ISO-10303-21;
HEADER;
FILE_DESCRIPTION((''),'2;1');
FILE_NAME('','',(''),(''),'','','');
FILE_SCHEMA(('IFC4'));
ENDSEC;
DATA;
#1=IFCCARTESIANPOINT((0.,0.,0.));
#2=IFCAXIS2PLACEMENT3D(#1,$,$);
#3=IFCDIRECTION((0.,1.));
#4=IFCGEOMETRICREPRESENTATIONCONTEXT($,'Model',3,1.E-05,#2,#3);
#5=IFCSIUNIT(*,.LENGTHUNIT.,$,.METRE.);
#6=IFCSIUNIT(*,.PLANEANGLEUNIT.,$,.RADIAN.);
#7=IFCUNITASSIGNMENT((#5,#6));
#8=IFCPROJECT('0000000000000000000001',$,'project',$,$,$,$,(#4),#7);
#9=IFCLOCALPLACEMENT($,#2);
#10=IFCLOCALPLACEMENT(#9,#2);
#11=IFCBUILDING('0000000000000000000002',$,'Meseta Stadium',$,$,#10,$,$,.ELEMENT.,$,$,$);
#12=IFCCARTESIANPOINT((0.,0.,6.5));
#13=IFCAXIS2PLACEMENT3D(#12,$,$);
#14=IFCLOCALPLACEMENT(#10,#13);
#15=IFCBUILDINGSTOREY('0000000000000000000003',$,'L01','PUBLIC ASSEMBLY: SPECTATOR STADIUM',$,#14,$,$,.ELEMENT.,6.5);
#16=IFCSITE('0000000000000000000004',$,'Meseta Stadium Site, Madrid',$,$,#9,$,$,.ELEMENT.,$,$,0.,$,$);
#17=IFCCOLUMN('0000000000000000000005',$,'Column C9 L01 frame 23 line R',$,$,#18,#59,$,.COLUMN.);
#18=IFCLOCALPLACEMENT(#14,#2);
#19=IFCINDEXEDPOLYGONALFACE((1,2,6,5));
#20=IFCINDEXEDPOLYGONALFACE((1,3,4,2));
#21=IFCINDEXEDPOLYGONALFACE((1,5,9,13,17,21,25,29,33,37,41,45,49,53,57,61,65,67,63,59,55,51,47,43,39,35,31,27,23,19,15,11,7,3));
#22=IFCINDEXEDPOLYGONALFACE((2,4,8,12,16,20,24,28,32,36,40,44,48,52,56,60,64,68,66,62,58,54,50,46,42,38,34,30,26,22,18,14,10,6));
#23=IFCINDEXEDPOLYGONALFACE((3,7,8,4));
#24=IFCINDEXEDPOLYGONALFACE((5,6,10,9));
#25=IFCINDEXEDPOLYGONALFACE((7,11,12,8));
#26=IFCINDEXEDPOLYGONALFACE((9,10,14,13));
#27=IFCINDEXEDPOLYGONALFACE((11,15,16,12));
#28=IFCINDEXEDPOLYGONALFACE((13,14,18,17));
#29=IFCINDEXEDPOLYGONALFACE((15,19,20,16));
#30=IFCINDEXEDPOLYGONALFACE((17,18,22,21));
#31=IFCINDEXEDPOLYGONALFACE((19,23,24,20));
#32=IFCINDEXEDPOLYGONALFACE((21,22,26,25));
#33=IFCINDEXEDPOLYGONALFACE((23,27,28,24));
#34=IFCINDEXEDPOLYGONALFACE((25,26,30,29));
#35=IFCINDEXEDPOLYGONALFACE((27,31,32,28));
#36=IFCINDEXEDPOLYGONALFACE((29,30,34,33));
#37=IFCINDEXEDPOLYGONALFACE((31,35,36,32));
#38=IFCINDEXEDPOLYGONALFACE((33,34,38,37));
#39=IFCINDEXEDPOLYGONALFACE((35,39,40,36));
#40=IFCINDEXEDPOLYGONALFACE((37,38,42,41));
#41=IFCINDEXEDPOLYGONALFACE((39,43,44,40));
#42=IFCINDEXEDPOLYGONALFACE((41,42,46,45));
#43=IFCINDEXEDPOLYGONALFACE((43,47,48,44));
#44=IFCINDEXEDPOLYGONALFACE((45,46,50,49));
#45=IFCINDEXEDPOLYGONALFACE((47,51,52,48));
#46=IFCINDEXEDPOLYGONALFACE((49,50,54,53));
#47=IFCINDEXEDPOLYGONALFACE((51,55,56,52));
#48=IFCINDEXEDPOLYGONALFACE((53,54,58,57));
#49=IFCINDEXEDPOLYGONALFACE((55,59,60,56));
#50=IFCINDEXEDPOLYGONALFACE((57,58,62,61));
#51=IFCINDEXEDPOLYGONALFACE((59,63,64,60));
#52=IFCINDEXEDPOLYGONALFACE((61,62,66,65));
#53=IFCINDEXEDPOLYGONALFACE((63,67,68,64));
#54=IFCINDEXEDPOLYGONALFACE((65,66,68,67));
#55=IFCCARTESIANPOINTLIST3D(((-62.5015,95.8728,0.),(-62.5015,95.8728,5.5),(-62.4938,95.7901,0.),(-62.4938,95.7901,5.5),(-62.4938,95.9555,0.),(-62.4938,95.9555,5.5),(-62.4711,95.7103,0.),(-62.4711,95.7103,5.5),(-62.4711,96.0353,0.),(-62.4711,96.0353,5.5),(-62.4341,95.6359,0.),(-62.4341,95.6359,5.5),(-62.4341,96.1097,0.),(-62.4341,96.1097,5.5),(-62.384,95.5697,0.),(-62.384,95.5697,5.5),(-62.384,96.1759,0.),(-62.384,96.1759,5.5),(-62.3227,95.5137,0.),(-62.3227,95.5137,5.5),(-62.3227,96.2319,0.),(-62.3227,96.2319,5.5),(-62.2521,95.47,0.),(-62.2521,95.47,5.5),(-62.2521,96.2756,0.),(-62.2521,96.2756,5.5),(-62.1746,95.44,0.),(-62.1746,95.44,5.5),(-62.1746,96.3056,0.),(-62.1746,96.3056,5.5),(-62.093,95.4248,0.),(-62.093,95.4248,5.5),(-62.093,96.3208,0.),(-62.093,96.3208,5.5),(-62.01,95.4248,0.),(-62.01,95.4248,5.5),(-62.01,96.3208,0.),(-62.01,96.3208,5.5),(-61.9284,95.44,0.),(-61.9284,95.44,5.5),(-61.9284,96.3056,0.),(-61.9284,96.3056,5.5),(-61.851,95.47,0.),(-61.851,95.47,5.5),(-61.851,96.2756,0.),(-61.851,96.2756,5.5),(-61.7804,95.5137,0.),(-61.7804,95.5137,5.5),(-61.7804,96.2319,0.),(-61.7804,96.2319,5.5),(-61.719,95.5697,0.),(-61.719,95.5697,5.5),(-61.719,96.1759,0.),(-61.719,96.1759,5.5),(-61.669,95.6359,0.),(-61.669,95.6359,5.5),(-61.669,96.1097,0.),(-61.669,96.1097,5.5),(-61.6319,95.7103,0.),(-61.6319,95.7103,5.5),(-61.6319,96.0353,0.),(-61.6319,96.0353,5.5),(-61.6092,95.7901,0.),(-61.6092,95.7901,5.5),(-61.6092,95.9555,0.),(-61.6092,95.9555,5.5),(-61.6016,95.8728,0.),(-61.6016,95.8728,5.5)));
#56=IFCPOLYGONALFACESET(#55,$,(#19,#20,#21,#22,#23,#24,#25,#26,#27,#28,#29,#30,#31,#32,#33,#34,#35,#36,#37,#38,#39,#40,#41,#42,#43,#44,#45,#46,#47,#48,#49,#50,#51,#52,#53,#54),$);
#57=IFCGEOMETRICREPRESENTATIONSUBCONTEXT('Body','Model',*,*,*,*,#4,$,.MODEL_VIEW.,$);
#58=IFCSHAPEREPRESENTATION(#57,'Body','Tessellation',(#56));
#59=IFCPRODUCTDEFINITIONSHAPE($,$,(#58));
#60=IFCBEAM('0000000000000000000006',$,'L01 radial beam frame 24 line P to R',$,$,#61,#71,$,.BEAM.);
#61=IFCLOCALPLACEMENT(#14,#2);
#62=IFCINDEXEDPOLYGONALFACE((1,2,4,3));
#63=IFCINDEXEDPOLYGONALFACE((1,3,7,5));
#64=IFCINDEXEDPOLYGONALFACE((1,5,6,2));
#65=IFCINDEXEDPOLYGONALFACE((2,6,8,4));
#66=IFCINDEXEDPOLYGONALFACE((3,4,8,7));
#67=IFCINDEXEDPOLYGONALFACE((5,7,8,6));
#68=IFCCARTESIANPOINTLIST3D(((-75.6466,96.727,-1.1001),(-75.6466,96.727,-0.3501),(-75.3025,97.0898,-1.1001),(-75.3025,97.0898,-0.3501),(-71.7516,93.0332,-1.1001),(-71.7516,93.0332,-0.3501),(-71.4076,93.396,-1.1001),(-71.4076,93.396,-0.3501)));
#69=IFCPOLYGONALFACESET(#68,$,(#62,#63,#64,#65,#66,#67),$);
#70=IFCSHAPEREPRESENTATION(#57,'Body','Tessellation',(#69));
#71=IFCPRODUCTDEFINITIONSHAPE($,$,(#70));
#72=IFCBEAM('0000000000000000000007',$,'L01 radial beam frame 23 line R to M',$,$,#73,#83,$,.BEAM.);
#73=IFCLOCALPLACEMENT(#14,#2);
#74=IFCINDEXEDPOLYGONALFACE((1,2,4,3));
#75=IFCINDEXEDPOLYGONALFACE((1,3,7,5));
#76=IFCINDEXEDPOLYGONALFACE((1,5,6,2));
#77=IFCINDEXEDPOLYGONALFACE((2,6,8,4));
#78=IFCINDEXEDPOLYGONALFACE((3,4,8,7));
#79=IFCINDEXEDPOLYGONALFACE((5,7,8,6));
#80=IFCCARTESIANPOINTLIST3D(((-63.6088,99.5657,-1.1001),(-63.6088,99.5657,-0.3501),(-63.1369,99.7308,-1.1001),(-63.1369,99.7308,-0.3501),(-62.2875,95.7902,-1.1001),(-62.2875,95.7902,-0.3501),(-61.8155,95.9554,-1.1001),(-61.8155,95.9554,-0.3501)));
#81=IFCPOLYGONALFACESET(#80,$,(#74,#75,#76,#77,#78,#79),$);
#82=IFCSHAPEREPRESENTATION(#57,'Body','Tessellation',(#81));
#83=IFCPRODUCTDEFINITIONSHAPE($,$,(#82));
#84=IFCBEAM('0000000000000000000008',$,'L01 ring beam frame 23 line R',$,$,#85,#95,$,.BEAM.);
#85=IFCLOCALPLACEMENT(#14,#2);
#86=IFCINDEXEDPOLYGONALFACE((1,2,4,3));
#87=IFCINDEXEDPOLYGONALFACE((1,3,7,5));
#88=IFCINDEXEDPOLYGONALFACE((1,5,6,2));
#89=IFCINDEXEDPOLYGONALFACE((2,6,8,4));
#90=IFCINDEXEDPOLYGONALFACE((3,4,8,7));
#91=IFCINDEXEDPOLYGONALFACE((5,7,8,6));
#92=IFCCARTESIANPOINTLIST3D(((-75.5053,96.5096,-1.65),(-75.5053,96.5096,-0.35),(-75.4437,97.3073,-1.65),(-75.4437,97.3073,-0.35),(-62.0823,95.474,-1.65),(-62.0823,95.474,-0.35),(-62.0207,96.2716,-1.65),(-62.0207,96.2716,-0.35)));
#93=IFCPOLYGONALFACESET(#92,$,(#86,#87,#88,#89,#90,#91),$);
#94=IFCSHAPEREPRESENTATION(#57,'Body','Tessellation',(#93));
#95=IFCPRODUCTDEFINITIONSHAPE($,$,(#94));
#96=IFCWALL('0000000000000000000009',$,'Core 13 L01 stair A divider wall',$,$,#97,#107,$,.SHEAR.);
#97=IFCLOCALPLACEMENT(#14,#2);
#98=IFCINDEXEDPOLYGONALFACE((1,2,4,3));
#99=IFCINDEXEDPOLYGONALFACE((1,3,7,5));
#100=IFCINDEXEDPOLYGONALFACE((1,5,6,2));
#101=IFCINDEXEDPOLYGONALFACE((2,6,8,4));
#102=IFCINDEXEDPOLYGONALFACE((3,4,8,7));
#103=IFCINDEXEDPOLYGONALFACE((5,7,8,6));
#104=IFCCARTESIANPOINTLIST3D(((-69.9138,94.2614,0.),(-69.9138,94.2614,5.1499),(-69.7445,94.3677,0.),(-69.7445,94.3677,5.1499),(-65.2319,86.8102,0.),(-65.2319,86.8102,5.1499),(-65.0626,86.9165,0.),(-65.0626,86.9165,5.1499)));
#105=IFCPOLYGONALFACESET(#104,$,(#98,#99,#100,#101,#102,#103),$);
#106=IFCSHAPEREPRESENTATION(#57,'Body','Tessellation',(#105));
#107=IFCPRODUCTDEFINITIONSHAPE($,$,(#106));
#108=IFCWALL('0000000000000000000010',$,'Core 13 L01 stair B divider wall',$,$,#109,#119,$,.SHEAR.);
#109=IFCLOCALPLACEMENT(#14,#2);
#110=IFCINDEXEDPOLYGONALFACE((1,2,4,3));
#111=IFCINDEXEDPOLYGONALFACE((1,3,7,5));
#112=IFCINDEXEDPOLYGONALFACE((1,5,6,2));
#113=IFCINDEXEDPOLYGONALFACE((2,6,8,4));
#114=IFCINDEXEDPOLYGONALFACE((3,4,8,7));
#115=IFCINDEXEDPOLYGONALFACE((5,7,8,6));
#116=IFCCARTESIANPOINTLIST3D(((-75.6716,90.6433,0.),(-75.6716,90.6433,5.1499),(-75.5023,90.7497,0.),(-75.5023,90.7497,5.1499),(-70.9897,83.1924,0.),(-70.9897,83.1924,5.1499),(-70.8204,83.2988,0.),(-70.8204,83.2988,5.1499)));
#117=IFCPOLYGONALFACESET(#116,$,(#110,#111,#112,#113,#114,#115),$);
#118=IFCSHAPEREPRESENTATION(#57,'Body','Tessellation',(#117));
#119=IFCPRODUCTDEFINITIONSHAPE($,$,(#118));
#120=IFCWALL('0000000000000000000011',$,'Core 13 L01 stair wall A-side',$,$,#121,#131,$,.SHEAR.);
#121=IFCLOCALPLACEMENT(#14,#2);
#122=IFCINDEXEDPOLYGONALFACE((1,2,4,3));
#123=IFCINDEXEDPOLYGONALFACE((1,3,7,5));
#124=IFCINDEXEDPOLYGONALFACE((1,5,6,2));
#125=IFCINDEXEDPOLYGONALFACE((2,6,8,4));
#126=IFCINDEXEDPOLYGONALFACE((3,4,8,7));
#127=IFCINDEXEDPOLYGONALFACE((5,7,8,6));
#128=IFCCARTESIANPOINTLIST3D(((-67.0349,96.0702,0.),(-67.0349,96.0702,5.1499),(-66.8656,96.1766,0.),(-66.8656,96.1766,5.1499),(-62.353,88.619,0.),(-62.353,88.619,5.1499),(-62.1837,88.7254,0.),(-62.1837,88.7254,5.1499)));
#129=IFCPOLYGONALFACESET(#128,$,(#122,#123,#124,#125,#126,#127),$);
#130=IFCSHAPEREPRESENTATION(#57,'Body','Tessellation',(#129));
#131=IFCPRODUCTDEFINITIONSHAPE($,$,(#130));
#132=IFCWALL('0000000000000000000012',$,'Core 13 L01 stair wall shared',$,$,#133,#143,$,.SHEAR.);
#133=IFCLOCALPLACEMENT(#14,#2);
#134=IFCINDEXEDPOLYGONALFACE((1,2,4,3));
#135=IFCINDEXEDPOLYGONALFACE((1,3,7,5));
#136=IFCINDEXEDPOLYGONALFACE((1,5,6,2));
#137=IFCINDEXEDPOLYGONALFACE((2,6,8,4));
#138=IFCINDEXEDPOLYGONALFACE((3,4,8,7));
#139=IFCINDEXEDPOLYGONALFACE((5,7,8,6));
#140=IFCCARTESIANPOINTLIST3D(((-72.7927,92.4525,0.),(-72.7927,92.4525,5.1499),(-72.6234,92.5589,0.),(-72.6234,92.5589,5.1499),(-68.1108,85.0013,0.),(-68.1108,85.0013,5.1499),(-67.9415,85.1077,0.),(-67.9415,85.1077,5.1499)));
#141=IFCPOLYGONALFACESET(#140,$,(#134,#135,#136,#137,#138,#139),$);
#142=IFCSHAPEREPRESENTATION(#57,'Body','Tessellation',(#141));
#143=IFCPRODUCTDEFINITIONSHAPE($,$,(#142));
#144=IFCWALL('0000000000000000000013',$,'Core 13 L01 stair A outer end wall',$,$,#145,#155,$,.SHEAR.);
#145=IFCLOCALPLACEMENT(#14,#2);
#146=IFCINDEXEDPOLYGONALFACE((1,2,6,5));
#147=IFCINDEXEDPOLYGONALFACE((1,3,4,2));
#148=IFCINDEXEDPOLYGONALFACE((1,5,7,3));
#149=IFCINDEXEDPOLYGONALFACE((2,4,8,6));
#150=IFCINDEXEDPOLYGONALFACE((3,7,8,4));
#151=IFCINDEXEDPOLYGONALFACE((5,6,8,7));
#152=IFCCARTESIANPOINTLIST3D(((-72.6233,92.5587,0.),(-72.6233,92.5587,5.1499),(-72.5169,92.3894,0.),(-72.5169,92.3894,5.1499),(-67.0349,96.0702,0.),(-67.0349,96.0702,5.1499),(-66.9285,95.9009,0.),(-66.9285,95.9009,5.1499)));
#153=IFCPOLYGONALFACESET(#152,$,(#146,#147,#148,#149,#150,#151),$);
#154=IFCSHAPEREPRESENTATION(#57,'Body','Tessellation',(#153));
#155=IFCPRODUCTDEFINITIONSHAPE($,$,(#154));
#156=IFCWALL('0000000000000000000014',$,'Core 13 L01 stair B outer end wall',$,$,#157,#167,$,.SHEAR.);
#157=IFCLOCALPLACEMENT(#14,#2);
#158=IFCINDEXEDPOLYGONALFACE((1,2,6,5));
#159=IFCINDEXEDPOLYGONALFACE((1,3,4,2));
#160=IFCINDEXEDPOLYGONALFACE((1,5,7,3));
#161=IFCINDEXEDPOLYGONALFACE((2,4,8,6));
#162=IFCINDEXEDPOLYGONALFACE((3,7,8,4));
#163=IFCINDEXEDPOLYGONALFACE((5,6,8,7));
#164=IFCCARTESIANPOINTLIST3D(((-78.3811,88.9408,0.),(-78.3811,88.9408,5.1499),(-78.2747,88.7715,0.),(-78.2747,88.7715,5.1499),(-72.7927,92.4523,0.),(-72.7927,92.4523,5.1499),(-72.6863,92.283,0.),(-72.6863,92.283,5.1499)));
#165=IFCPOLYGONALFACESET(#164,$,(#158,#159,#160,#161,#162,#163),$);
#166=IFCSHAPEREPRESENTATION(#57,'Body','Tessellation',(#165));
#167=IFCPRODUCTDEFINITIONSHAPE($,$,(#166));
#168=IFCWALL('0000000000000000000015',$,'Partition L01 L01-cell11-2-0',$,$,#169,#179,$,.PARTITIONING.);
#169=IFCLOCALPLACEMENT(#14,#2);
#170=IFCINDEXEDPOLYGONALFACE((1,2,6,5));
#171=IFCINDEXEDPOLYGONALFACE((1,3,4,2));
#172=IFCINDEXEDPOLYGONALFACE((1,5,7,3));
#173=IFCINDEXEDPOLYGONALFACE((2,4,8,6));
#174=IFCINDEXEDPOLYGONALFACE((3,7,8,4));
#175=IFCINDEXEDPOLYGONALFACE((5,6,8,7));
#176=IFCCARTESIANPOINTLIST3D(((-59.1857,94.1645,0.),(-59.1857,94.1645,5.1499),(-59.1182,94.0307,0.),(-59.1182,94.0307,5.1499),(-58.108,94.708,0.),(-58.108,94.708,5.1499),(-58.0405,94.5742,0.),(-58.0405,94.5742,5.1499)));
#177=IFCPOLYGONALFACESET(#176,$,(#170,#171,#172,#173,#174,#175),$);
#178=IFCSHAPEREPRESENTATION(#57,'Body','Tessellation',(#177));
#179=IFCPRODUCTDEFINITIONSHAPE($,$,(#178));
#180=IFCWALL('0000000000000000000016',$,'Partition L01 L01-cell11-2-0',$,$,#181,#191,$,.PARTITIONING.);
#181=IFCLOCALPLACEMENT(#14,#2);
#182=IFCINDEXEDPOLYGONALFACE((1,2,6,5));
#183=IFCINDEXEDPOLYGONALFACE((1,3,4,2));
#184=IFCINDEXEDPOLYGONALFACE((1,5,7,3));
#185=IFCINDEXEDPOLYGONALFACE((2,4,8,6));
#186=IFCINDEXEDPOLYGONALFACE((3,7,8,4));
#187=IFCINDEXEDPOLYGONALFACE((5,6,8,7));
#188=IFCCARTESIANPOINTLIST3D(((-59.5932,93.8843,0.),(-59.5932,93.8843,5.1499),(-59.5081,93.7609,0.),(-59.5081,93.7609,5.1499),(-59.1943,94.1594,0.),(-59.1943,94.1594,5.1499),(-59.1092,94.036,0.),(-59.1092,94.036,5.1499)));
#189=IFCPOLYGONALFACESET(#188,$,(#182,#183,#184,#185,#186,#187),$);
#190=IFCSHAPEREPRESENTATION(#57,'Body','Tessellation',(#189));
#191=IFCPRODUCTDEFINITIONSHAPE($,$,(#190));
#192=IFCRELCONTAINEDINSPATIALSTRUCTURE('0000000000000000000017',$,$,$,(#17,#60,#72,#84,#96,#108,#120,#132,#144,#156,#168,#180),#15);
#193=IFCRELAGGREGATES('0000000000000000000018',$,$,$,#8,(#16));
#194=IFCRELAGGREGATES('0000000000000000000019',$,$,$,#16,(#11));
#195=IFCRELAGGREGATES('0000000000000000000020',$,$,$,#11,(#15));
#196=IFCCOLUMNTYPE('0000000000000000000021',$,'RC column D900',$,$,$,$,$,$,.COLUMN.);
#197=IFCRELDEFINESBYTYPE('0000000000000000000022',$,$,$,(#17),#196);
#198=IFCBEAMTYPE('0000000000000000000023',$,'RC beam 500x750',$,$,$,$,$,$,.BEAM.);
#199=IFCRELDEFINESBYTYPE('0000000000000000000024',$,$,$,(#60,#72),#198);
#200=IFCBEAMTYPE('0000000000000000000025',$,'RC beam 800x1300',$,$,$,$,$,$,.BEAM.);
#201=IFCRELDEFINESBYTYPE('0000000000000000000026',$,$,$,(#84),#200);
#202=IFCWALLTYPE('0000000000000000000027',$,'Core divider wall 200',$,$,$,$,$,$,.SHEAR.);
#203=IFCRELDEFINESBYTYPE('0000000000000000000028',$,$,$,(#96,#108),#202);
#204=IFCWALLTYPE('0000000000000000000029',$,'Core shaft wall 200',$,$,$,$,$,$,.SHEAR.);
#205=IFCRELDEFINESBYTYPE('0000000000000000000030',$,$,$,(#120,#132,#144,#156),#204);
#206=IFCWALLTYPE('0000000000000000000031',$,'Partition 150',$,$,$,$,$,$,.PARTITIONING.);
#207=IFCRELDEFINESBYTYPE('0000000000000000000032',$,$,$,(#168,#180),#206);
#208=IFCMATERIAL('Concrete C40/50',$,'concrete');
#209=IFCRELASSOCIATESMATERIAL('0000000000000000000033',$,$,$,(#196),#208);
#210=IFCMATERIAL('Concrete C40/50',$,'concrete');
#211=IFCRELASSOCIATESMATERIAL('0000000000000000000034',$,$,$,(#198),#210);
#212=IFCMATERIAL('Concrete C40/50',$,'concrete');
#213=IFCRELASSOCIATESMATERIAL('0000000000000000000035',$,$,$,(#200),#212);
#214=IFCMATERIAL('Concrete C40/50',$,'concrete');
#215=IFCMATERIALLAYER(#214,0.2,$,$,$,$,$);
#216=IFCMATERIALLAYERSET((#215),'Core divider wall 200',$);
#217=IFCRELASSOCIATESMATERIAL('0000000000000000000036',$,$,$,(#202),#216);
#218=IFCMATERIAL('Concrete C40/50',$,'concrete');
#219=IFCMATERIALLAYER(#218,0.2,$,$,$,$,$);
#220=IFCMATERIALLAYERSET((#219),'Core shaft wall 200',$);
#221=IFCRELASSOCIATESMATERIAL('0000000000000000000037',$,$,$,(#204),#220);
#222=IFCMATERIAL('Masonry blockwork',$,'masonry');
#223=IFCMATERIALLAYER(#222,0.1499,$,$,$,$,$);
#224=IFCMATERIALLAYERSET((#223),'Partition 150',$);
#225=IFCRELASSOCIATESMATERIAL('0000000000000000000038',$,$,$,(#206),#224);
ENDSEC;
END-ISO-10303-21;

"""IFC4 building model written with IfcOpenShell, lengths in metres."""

from ifc_helpers import new_model, si_unit, direction, frame, frame_2d, origin, origin_2d, place, context, subcontext, project, spatial, rectangle, circle, extrude, material, layer, layer_set, material_profile, profile_set, type_object, element, save


model = new_model("IFC4")

# Units and contexts
model_context = context("Model", 3, precision=1e-05, world=origin(), true_north=direction((0.0, 1.0)))
body_context = subcontext(model_context, "Body", "Model", "MODEL_VIEW")
ifc_project = project(units=[si_unit("LENGTHUNIT", "METRE"), si_unit("PLANEANGLEUNIT", "RADIAN")], contexts=[model_context])

# Site, building, storey
site_placement = place(None, origin())
site = spatial("IfcSite", under=ifc_project, at=site_placement, Name="Meseta Stadium Site, Madrid", CompositionType="ELEMENT", RefElevation=0.0)
building_placement = place(site_placement, origin())
building = spatial("IfcBuilding", under=site, at=building_placement, Name="Meseta Stadium", CompositionType="ELEMENT")
storey_placement = place(building_placement, frame((0.0, 0.0, 6.5)))
storey = spatial("IfcBuildingStorey", under=building, at=storey_placement, Name="L01", Description="PUBLIC ASSEMBLY: SPECTATOR STADIUM", CompositionType="ELEMENT", Elevation=6.5)

# Column
ifc_material_1 = material(Name="Concrete C40/50", Category="concrete")
ifc_material_profile_1 = material_profile(ifc_material_1, circle(Radius=0.45, at=origin_2d()), Name="RC D900")
ifc_profile_set_1 = profile_set([ifc_material_profile_1], Name="Concrete C40/50")
column_type = type_object("IfcColumnType", Name="RC column D900", PredefinedType="COLUMN", material=ifc_profile_set_1)
column_placement = place(storey_placement, frame((-62.0515, 95.8728, 0.0), z_axis=(0.0, 0.0, 1.0), x_axis=(1.0, 0.0, 0.0)))
element("IfcColumn", 1, at=column_placement, inside=storey, type_object=column_type, Name="Column C9 L01 frame 23 line R", PredefinedType="COLUMN", context=body_context, shape_type="SweptSolid", body=[
    extrude(circle(Radius=0.45, at=origin_2d()), origin(), (0.0, 0.0, 1.0), 5.5),
])

# Beams
ifc_material_2 = material(Name="Concrete C40/50", Category="concrete")
ifc_material_profile_2 = material_profile(ifc_material_2, rectangle(XDim=0.5, YDim=0.75, at=origin_2d()), Name="RC 500x750")
ifc_profile_set_2 = profile_set([ifc_material_profile_2], Name="Concrete C40/50")
beam_type_1 = type_object("IfcBeamType", Name="RC beam 500x750", PredefinedType="BEAM", material=ifc_profile_set_2)
beam_1_placement = place(storey_placement, frame((-71.5796, 93.2146, -0.7251), z_axis=(-0.725596, 0.68812, 0.0), x_axis=(-0.68812, -0.725596, 0.0)))
element("IfcBeam", 2, at=beam_1_placement, inside=storey, type_object=beam_type_1, Name="L01 radial beam frame 24 line P to R", PredefinedType="BEAM", context=body_context, shape_type="SweptSolid", body=[
    extrude(rectangle(XDim=0.5, YDim=0.75, at=origin_2d()), origin(), (0.0, 0.0, 1.0), 5.3679),
])
beam_2_placement = place(storey_placement, frame((-62.0515, 95.8728, -0.7251), z_axis=(-0.330329, 0.943866, 0.0), x_axis=(-0.943866, -0.330329, 0.0)))
element("IfcBeam", 3, at=beam_2_placement, inside=storey, type_object=beam_type_1, Name="L01 radial beam frame 23 line R to M", PredefinedType="BEAM", context=body_context, shape_type="SweptSolid", body=[
    extrude(rectangle(XDim=0.5, YDim=0.75, at=origin_2d()), origin(), (0.0, 0.0, 1.0), 4.0),
])
ifc_material_3 = material(Name="Concrete C40/50", Category="concrete")
ifc_material_profile_3 = material_profile(ifc_material_3, rectangle(XDim=0.8, YDim=1.3, at=origin_2d()), Name="RC 800x1300")
ifc_profile_set_3 = profile_set([ifc_material_profile_3], Name="Concrete C40/50")
beam_type_2 = type_object("IfcBeamType", Name="RC beam 800x1300", PredefinedType="BEAM", material=ifc_profile_set_3)
beam_3_placement = place(storey_placement, frame((-62.0515, 95.8728, -1.0), z_axis=(-0.997037, 0.076925, 0.0), x_axis=(-0.076925, -0.997037, 0.0)))
element("IfcBeam", 4, at=beam_3_placement, inside=storey, type_object=beam_type_2, Name="L01 ring beam frame 23 line R", PredefinedType="BEAM", context=body_context, shape_type="SweptSolid", body=[
    extrude(rectangle(XDim=0.8, YDim=1.3, at=origin_2d()), origin(), (0.0, 0.0, 1.0), 13.4629),
])

# Walls
ifc_material_4 = material(Name="Concrete C40/50", Category="concrete")
ifc_layer_1 = layer(ifc_material_4, 0.2)
ifc_layer_set_1 = layer_set([ifc_layer_1], Name="Core divider wall 200")
wall_type_1 = type_object("IfcWallType", Name="Core divider wall 200", PredefinedType="SHEAR", material=ifc_layer_set_1)
wall_1_placement = place(storey_placement, frame((-69.8291, 94.3145, 0.0), z_axis=(0.0, 0.0, 1.0), x_axis=(0.532032, -0.846724, 0.0)))
element("IfcWall", 5, at=wall_1_placement, inside=storey, type_object=wall_type_1, Name="Core 13 L01 stair A divider wall", PredefinedType="SHEAR", context=body_context, shape_type="SweptSolid", body=[
    extrude(rectangle(XDim=8.8, YDim=0.2, at=frame_2d((4.3999, 0.0))), origin(), (0.0, 0.0, 1.0), 5.1499),
])
wall_2_placement = place(storey_placement, frame((-75.5869, 90.6965, 0.0), z_axis=(0.0, 0.0, 1.0), x_axis=(0.532045, -0.846716, 0.0)))
element("IfcWall", 6, at=wall_2_placement, inside=storey, type_object=wall_type_1, Name="Core 13 L01 stair B divider wall", PredefinedType="SHEAR", context=body_context, shape_type="SweptSolid", body=[
    extrude(rectangle(XDim=8.7998, YDim=0.2, at=frame_2d((4.3999, 0.0))), origin(), (0.0, 0.0, 1.0), 5.1499),
])
ifc_material_5 = material(Name="Concrete C40/50", Category="concrete")
ifc_layer_2 = layer(ifc_material_5, 0.2)
ifc_layer_set_2 = layer_set([ifc_layer_2], Name="Core shaft wall 200")
wall_type_2 = type_object("IfcWallType", Name="Core shaft wall 200", PredefinedType="SHEAR", material=ifc_layer_set_2)
for number, where, z_axis, x_axis, name in (
    (7, (-66.9502, 96.1233, 0.0), (0.0, 0.0, 1.0), (0.532032, -0.846724, 0.0), "Core 13 L01 stair wall A-side"),
    (8, (-72.708, 92.5056, 0.0), (0.0, 0.0, 1.0), (0.532032, -0.846724, 0.0), "Core 13 L01 stair wall shared"),
):
    element("IfcWall", number, at=place(storey_placement, frame(where, z_axis=z_axis, x_axis=x_axis)), inside=storey, type_object=wall_type_2, Name=name, PredefinedType="SHEAR", context=body_context, shape_type="SweptSolid", body=[
        extrude(rectangle(XDim=8.8, YDim=0.2, at=frame_2d((4.3999, 0.0))), origin(), (0.0, 0.0, 1.0), 5.1499),
    ])
for number, where, z_axis, x_axis, name in (
    (9, (-66.9817, 95.9856, 0.0), (0.0, 0.0, 1.0), (-0.84672, -0.532039, 0.0), "Core 13 L01 stair A outer end wall"),
    (10, (-72.7395, 92.3677, 0.0), (0.0, 0.0, 1.0), (-0.84672, -0.532039, 0.0), "Core 13 L01 stair B outer end wall"),
):
    element("IfcWall", number, at=place(storey_placement, frame(where, z_axis=z_axis, x_axis=x_axis)), inside=storey, type_object=wall_type_2, Name=name, PredefinedType="SHEAR", context=body_context, shape_type="SweptSolid", body=[
        extrude(rectangle(XDim=6.6001, YDim=0.2, at=frame_2d((3.3, 0.0))), origin(), (0.0, 0.0, 1.0), 5.1499),
    ])
ifc_material_6 = material(Name="Masonry blockwork", Category="masonry")
ifc_layer_3 = layer(ifc_material_6, 0.1499)
ifc_layer_set_3 = layer_set([ifc_layer_3], Name="Partition 150")
wall_type_3 = type_object("IfcWallType", Name="Partition 150", PredefinedType="PARTITIONING", material=ifc_layer_set_3)
wall_3_placement = place(storey_placement, frame((-58.0742, 94.6411, 0.0), z_axis=(0.0, 0.0, 1.0), x_axis=(-0.892885, -0.450286, 0.0)))
element("IfcWall", 11, at=wall_3_placement, inside=storey, type_object=wall_type_3, Name="Partition L01 L01-cell11-2-0", PredefinedType="PARTITIONING", context=body_context, shape_type="SweptSolid", body=[
    extrude(rectangle(XDim=1.207, YDim=0.1499, at=frame_2d((0.6035, 0.0))), origin(), (0.0, 0.0, 1.0), 5.1499),
])
wall_4_placement = place(storey_placement, frame((-59.1519, 94.0977, 0.0), z_axis=(0.0, 0.0, 1.0), x_axis=(-0.823188, -0.567768, 0.0)))
element("IfcWall", 12, at=wall_4_placement, inside=storey, type_object=wall_type_3, Name="Partition L01 L01-cell11-2-0", PredefinedType="PARTITIONING", context=body_context, shape_type="SweptSolid", body=[
    extrude(rectangle(XDim=0.4846, YDim=0.1499, at=frame_2d((0.2422, 0.0))), origin(), (0.0, 0.0, 1.0), 5.1499),
])

save(model, "model.ifc")
